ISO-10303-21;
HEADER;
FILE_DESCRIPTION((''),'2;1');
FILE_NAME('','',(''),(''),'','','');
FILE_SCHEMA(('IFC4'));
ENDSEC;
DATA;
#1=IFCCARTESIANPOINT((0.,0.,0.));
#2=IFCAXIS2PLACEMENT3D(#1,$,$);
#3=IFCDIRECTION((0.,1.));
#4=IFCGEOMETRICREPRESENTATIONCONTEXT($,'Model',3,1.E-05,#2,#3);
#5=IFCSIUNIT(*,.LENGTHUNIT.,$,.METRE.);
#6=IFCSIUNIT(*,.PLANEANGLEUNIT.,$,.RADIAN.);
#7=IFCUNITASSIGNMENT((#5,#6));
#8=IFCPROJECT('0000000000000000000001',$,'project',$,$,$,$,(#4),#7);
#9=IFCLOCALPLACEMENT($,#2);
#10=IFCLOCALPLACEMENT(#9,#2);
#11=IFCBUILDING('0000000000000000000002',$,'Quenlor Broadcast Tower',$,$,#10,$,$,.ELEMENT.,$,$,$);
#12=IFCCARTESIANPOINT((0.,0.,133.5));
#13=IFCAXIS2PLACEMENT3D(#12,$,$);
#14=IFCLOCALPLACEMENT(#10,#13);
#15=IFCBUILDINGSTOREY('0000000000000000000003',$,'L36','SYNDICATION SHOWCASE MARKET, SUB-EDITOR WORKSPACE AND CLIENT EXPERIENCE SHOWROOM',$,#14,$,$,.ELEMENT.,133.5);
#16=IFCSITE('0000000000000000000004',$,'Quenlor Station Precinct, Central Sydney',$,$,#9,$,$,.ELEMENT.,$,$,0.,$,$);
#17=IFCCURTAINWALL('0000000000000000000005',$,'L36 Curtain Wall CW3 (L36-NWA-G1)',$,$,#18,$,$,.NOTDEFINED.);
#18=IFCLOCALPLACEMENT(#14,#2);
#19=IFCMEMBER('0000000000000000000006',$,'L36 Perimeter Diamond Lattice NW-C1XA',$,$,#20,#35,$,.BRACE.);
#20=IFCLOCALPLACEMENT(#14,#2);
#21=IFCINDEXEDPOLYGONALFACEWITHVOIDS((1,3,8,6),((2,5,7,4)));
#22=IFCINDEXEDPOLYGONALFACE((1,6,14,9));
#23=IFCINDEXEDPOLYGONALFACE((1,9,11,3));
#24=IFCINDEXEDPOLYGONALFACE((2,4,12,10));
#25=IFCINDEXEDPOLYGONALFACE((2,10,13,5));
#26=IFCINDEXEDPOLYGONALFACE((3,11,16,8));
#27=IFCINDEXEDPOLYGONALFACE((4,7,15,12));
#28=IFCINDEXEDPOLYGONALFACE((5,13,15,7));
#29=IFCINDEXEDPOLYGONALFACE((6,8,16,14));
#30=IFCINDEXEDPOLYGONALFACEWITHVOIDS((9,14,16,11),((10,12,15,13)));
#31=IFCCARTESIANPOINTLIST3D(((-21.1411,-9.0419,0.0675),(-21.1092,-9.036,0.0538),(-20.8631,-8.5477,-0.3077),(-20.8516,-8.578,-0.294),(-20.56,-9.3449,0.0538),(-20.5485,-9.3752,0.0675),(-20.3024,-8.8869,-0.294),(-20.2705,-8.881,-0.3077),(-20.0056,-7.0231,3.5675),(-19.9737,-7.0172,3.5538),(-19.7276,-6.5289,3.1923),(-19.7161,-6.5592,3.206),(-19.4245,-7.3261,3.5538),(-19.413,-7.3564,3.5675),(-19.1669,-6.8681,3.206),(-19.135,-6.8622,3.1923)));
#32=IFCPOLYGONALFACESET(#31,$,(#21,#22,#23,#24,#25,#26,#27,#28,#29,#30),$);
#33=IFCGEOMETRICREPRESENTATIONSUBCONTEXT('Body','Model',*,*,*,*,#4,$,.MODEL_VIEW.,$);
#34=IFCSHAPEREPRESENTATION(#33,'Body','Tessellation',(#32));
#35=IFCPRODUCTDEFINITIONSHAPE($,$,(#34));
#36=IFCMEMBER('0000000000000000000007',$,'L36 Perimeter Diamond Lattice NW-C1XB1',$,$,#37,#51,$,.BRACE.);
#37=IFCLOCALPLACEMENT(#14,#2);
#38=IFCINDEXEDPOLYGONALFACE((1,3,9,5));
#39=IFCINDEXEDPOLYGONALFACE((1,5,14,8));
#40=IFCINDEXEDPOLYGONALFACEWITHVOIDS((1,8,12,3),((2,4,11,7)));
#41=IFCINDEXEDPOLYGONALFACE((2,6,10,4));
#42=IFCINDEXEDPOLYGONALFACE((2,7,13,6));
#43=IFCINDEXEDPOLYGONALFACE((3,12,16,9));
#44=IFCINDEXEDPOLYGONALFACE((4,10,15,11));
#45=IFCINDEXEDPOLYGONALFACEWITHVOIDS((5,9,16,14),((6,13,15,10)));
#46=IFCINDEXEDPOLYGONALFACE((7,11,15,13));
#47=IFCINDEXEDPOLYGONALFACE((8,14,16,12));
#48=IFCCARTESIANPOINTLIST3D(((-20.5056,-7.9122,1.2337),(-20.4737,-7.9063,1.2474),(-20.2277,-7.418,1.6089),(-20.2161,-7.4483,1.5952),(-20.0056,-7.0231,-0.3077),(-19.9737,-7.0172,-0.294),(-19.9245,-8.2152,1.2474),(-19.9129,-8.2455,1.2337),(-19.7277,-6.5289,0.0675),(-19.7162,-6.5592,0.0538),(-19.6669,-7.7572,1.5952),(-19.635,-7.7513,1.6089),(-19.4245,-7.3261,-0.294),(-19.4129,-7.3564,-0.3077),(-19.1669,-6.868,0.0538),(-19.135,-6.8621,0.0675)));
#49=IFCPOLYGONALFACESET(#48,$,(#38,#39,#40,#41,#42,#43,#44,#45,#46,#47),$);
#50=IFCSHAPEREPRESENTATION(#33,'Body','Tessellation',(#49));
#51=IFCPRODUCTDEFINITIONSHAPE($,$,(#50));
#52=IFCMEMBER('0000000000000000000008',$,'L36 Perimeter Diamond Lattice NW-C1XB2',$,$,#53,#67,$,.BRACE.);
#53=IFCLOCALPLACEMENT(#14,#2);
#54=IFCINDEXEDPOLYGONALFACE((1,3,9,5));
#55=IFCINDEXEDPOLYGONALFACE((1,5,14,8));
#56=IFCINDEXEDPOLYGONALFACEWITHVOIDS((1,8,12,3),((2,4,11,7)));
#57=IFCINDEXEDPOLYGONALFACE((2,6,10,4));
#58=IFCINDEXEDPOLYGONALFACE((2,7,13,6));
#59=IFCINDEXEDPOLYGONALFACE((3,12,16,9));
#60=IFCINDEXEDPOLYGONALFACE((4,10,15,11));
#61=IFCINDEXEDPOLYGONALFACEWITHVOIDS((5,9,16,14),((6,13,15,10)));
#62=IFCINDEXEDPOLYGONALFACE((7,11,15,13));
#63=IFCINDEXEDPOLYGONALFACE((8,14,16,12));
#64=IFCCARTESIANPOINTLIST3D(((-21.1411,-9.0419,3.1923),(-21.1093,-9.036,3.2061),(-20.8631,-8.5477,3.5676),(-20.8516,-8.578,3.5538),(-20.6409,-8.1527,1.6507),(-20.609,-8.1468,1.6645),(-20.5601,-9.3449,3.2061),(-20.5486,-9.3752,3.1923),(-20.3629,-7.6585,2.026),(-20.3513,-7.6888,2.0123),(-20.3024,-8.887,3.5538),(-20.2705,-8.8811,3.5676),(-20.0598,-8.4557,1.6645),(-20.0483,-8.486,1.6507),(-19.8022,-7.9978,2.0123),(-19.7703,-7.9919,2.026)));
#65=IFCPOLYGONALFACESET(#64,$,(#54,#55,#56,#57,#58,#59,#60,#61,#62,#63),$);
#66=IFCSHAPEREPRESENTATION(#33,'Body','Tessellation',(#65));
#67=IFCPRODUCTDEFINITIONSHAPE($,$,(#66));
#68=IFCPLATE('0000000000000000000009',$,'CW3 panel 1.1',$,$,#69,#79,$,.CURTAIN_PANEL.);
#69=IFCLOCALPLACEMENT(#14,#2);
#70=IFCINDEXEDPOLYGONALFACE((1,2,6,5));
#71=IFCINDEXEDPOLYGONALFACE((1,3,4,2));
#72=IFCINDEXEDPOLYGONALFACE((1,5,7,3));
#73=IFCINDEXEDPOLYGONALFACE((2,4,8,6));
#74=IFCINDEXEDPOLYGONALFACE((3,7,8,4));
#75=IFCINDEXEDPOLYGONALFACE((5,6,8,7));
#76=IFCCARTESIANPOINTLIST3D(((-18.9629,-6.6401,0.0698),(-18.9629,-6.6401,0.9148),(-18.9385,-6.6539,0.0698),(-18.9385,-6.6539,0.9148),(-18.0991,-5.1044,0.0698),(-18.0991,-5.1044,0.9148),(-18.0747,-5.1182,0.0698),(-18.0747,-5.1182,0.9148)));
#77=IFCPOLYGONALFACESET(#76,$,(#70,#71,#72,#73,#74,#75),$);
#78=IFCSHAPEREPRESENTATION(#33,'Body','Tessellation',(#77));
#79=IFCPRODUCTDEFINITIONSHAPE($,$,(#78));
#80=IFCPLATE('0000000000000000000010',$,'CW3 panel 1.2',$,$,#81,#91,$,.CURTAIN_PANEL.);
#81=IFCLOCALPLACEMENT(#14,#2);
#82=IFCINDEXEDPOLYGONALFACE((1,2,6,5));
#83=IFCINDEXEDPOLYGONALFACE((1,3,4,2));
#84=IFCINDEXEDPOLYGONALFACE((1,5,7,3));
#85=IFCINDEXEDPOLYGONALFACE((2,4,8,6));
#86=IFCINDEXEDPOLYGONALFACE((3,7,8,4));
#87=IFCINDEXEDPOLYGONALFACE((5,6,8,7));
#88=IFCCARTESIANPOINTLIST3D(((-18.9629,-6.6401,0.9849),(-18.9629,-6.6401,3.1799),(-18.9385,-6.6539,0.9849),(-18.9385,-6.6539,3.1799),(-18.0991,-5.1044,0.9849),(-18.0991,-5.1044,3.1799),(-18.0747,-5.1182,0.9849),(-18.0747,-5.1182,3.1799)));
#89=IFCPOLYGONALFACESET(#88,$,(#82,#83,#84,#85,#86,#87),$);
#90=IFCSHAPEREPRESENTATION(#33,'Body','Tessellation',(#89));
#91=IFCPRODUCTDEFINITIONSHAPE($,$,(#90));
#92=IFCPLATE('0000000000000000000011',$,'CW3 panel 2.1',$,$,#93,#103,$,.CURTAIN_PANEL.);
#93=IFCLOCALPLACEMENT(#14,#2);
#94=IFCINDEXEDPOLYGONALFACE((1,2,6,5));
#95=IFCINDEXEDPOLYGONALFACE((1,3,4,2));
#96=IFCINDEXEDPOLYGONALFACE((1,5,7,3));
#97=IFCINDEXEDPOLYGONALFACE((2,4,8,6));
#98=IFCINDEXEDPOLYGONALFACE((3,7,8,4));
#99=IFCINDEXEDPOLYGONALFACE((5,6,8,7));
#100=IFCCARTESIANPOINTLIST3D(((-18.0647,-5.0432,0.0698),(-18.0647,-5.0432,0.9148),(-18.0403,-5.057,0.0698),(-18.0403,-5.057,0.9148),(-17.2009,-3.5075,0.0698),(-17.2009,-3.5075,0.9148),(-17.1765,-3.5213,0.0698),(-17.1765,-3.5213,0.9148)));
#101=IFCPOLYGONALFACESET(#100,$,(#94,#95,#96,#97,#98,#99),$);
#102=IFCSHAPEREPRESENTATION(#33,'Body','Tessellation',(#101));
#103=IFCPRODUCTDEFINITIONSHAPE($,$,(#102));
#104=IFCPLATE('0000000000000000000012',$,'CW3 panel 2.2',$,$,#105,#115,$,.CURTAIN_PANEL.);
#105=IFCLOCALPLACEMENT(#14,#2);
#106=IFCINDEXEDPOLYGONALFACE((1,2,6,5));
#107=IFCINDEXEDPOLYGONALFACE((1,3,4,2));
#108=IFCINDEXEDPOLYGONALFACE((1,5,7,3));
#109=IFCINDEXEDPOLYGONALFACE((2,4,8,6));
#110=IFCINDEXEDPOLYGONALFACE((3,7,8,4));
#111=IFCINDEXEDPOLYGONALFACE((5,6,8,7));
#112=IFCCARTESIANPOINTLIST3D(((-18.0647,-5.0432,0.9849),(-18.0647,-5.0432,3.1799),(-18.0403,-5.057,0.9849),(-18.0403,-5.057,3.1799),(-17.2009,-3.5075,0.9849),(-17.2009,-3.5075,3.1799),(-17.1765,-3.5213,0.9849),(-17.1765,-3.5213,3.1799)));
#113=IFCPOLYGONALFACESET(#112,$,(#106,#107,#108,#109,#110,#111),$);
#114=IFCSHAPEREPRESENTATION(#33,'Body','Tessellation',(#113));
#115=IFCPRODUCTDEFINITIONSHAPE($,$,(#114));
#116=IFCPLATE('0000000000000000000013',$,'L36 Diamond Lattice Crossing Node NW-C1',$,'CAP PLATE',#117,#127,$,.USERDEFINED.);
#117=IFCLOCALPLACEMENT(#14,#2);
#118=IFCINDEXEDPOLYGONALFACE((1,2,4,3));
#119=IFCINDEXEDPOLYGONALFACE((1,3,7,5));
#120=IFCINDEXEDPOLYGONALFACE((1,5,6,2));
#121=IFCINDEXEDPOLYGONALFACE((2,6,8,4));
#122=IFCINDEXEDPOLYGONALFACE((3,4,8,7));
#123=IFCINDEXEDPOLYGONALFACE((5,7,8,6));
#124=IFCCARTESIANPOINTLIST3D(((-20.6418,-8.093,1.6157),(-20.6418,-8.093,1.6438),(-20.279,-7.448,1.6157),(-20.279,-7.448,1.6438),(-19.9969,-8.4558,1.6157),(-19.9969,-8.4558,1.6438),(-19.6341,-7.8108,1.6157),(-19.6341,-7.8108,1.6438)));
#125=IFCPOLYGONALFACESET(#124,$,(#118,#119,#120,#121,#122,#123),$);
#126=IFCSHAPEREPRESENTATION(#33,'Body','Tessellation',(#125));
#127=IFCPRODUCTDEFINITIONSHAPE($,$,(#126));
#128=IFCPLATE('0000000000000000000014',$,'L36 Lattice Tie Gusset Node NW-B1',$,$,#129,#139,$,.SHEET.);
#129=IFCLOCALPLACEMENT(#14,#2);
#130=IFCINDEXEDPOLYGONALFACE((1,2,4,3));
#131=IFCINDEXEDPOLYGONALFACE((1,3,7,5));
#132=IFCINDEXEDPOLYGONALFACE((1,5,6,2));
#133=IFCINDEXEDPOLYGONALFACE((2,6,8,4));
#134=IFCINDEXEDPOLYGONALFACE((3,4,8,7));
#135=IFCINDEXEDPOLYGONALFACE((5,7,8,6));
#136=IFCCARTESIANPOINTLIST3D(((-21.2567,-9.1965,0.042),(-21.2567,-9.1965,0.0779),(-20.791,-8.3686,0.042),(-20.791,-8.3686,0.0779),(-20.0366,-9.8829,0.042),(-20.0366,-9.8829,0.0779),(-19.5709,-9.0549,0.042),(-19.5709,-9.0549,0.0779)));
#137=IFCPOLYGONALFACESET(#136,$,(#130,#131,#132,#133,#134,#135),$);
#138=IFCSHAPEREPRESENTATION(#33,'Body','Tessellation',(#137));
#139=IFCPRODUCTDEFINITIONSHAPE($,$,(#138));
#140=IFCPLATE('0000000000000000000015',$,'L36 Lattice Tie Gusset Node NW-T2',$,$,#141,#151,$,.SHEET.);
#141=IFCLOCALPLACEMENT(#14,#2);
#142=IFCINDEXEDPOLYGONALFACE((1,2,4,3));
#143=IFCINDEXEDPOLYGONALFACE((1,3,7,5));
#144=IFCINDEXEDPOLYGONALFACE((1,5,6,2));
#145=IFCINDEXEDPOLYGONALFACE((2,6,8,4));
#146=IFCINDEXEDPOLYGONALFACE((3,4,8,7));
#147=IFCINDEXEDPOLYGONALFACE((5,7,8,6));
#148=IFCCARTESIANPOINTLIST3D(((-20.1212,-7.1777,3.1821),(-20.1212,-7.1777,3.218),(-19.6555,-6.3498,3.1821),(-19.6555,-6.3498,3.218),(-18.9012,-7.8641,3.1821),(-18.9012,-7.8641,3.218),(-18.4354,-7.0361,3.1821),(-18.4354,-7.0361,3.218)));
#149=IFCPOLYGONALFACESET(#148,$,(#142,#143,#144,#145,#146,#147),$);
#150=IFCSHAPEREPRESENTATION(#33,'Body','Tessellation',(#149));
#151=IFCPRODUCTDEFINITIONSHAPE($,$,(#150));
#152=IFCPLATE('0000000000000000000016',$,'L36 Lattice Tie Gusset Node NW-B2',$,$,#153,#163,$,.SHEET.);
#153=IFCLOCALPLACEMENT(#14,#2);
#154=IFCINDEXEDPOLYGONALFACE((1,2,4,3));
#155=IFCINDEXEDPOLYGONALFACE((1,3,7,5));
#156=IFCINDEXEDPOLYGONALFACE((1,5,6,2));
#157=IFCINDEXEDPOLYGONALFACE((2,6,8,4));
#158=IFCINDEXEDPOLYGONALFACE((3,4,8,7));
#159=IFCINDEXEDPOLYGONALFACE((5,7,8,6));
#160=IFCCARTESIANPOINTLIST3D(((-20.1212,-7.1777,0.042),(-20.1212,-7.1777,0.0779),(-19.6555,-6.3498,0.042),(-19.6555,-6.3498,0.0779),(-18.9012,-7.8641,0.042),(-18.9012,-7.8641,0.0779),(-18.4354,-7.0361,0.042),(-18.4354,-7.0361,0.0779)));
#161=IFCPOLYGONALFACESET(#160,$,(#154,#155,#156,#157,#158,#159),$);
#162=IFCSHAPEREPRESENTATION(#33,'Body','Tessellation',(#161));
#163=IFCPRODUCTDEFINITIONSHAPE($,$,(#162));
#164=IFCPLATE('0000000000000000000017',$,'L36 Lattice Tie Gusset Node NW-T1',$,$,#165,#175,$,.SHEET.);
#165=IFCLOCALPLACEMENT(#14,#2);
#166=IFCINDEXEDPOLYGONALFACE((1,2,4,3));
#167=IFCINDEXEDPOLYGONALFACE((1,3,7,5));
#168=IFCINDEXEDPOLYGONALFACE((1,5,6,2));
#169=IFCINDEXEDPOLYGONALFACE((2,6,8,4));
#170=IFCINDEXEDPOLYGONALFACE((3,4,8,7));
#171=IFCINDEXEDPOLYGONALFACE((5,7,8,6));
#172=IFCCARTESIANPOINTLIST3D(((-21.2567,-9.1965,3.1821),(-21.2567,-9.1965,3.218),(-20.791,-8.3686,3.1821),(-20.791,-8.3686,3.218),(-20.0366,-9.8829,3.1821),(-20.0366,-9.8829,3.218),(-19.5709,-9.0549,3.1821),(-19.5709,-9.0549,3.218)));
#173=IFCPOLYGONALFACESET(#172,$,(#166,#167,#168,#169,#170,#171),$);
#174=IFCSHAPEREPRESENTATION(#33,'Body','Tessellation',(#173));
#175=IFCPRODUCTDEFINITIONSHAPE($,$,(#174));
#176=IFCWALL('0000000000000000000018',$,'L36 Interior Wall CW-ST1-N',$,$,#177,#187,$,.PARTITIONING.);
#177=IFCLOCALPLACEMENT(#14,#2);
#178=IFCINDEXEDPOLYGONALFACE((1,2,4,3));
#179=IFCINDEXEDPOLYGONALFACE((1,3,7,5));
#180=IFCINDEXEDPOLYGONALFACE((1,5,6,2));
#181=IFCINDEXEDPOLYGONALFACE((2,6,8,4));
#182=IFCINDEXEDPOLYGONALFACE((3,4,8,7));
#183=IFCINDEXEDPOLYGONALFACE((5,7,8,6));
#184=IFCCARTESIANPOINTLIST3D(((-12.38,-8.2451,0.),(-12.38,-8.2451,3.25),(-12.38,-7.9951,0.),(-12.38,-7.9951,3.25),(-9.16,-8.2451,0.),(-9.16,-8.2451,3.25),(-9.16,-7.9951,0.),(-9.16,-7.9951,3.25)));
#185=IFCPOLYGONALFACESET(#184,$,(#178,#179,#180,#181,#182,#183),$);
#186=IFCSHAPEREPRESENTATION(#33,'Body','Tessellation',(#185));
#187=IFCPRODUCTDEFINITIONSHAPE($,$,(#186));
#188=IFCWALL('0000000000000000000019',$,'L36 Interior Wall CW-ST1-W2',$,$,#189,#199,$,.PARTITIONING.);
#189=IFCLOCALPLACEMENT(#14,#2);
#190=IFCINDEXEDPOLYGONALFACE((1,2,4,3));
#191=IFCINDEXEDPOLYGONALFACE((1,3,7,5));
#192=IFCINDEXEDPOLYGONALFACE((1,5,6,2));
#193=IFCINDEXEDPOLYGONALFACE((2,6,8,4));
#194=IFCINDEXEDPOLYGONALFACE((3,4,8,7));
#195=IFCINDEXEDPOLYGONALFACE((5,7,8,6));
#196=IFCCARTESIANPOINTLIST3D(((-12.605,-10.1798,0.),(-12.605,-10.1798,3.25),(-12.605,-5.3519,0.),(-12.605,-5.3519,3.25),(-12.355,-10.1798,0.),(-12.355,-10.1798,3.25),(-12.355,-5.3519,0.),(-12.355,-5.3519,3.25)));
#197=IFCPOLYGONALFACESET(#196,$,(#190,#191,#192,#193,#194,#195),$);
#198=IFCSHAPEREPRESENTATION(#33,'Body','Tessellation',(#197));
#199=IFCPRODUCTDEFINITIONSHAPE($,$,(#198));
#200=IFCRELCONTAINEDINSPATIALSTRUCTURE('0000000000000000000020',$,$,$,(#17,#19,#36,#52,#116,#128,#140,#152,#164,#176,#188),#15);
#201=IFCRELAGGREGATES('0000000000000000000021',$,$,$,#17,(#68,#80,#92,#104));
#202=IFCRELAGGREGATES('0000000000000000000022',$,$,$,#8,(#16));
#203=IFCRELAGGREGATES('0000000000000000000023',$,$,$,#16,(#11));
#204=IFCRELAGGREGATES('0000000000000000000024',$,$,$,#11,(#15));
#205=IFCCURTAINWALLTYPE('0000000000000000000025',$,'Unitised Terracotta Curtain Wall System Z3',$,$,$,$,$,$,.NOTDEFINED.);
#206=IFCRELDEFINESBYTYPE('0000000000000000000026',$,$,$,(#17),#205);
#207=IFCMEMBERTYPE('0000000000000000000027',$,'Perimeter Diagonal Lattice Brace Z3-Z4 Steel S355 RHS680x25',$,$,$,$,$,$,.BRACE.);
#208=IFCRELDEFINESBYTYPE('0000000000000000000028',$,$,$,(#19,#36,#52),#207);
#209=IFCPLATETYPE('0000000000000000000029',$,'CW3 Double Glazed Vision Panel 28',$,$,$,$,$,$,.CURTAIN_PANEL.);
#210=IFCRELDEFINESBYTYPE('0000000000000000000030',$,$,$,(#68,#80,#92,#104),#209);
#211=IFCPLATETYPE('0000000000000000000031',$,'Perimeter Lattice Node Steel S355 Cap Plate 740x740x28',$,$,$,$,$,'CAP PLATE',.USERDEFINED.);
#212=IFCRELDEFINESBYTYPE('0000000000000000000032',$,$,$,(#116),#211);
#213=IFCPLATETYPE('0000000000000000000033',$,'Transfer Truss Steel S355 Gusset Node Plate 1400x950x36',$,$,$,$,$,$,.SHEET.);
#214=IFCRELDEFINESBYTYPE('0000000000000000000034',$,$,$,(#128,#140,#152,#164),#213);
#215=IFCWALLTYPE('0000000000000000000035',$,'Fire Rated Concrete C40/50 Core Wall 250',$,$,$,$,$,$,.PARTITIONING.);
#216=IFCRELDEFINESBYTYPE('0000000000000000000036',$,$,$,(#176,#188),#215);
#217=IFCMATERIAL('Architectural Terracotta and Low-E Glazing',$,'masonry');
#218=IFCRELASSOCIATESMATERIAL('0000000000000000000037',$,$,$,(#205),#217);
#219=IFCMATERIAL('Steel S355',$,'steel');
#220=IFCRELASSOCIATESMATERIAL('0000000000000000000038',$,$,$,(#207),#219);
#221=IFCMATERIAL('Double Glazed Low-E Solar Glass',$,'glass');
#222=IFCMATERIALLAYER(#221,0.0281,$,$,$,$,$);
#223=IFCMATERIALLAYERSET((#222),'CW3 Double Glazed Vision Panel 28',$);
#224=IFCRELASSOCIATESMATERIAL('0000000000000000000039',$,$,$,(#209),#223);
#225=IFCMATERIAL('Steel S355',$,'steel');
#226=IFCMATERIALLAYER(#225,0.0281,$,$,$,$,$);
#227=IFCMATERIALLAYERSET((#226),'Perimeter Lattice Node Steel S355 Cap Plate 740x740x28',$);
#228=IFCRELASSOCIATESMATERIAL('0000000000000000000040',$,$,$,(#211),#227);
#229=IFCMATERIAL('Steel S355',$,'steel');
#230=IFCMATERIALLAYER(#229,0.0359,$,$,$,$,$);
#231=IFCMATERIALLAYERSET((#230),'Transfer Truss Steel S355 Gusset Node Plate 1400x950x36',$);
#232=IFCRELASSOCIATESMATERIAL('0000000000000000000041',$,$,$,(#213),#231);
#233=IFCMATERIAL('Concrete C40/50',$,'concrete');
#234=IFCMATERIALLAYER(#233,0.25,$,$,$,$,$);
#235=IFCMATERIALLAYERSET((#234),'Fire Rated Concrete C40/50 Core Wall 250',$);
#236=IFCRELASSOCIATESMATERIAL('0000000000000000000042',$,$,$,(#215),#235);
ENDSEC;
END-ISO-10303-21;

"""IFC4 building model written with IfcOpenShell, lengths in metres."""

from ifc_helpers import new_model, si_unit, direction, frame, frame_2d, origin, origin_2d, place, context, subcontext, project, spatial, rectangle, hollow_rectangle, extrude, material, layer, layer_set, material_profile, profile_set, type_object, element, aggregate, save


model = new_model("IFC4")

# Units and contexts
model_context = context("Model", 3, precision=1e-05, world=origin(), true_north=direction((0.0, 1.0)))
body_context = subcontext(model_context, "Body", "Model", "MODEL_VIEW")
ifc_project = project(units=[si_unit("LENGTHUNIT", "METRE"), si_unit("PLANEANGLEUNIT", "RADIAN")], contexts=[model_context])

# Site, building, storey
site_placement = place(None, origin())
site = spatial("IfcSite", under=ifc_project, at=site_placement, Name="Quenlor Station Precinct, Central Sydney", CompositionType="ELEMENT", RefElevation=0.0)
building_placement = place(site_placement, origin())
building = spatial("IfcBuilding", under=site, at=building_placement, Name="Quenlor Broadcast Tower", CompositionType="ELEMENT")
storey_placement = place(building_placement, frame((0.0, 0.0, 133.5)))
storey = spatial("IfcBuildingStorey", under=building, at=storey_placement, Name="L36", Description="SYNDICATION SHOWCASE MARKET, SUB-EDITOR WORKSPACE AND CLIENT EXPERIENCE SHOWROOM", CompositionType="ELEMENT", Elevation=133.5)

# Curtain wall
ifc_material_1 = material(Name="Architectural Terracotta and Low-E Glazing", Category="masonry")
curtain_wall_type = type_object("IfcCurtainWallType", Name="Unitised Terracotta Curtain Wall System Z3", PredefinedType="NOTDEFINED", material=ifc_material_1)
curtain_wall_placement = place(storey_placement, origin())
curtain_wall = element("IfcCurtainWall", 1, at=curtain_wall_placement, inside=storey, type_object=curtain_wall_type, Name="L36 Curtain Wall CW3 (L36-NWA-G1)", PredefinedType="NOTDEFINED")

# Members
ifc_material_2 = material(Name="Steel S355", Category="steel")
ifc_material_profile_1 = material_profile(ifc_material_2, hollow_rectangle(XDim=0.6799, YDim=0.6799, WallThickness=0.0249, at=origin_2d()))
ifc_profile_set_1 = profile_set([ifc_material_profile_1], Name="Steel S355 RHS680x680x25")
member_type_1 = type_object("IfcMemberType", Name="Perimeter Diagonal Lattice Brace Z3-Z4 Steel S355 RHS680x25", PredefinedType="BRACE", material=ifc_profile_set_1)
member_1_placement = place(storey_placement, frame((-20.7058, -8.9614, -0.1201), z_axis=(0.270549, 0.481009, 0.833927), x_axis=(-0.87159, 0.490236, 0.0)))
element("IfcMember", 2, at=member_1_placement, inside=storey, type_object=member_type_1, Name="L36 Perimeter Diamond Lattice NW-C1XA", PredefinedType="BRACE", context=body_context, shape_type="SweptSolid", body=[
    extrude(hollow_rectangle(XDim=0.6799, YDim=0.6799, WallThickness=0.0249, at=origin_2d()), origin(), (0.0, 0.0, 1.0), 4.197),
])
member_2_placement = place(storey_placement, frame((-19.5703, -6.9426, -0.1201), z_axis=(-0.270494, -0.481025, 0.833935), x_axis=(0.871639, -0.490148, 0.0)))
element("IfcMember", 3, at=member_2_placement, inside=storey, type_object=member_type_1, Name="L36 Perimeter Diamond Lattice NW-C1XB1", PredefinedType="BRACE", context=body_context, shape_type="SweptSolid", body=[
    extrude(hollow_rectangle(XDim=0.6799, YDim=0.6799, WallThickness=0.0249, at=origin_2d()), origin(), (0.0, 0.0, 1.0), 1.8484),
])
member_3_placement = place(storey_placement, frame((-20.2056, -8.0723, 1.8384), z_axis=(-0.270616, -0.481008, 0.833905), x_axis=(0.871537, -0.490329, 0.0)))
element("IfcMember", 4, at=member_3_placement, inside=storey, type_object=member_type_1, Name="L36 Perimeter Diamond Lattice NW-C1XB2", PredefinedType="BRACE", context=body_context, shape_type="SweptSolid", body=[
    extrude(hollow_rectangle(XDim=0.6799, YDim=0.6799, WallThickness=0.0249, at=origin_2d()), origin(), (0.0, 0.0, 1.0), 1.8486),
])

# Plates
ifc_material_3 = material(Name="Double Glazed Low-E Solar Glass", Category="glass")
ifc_layer_1 = layer(ifc_material_3, 0.0281)
ifc_layer_set_1 = layer_set([ifc_layer_1], Name="CW3 Double Glazed Vision Panel 28")
plate_type_1 = type_object("IfcPlateType", Name="CW3 Double Glazed Vision Panel 28", PredefinedType="CURTAIN_PANEL", material=ifc_layer_set_1)
plate_1_placement = place(storey_placement, frame((-18.5188, -5.8792, 0.0698), z_axis=(0.0, 0.0, 1.0), x_axis=(0.490259, 0.871577, 0.0)))
plate_1 = element("IfcPlate", 5, at=plate_1_placement, type_object=plate_type_1, Name="CW3 panel 1.1", PredefinedType="CURTAIN_PANEL", context=body_context, shape_type="SweptSolid", body=[
    extrude(rectangle(XDim=1.762, YDim=0.0281, at=origin_2d()), origin(), (0.0, 0.0, 1.0), 0.845),
])
plate_2_placement = place(storey_placement, frame((-18.5188, -5.8792, 0.9849), z_axis=(0.0, 0.0, 1.0), x_axis=(0.490259, 0.871577, 0.0)))
plate_2 = element("IfcPlate", 6, at=plate_2_placement, type_object=plate_type_1, Name="CW3 panel 1.2", PredefinedType="CURTAIN_PANEL", context=body_context, shape_type="SweptSolid", body=[
    extrude(rectangle(XDim=1.762, YDim=0.0281, at=origin_2d()), origin(), (0.0, 0.0, 1.0), 2.1951),
])
plate_3_placement = place(storey_placement, frame((-17.6206, -4.2822, 0.0698), z_axis=(0.0, 0.0, 1.0), x_axis=(0.490259, 0.871577, 0.0)))
plate_3 = element("IfcPlate", 7, at=plate_3_placement, type_object=plate_type_1, Name="CW3 panel 2.1", PredefinedType="CURTAIN_PANEL", context=body_context, shape_type="SweptSolid", body=[
    extrude(rectangle(XDim=1.762, YDim=0.0281, at=origin_2d()), origin(), (0.0, 0.0, 1.0), 0.845),
])
plate_4_placement = place(storey_placement, frame((-17.6206, -4.2822, 0.9849), z_axis=(0.0, 0.0, 1.0), x_axis=(0.490259, 0.871577, 0.0)))
plate_4 = element("IfcPlate", 8, at=plate_4_placement, type_object=plate_type_1, Name="CW3 panel 2.2", PredefinedType="CURTAIN_PANEL", context=body_context, shape_type="SweptSolid", body=[
    extrude(rectangle(XDim=1.762, YDim=0.0281, at=origin_2d()), origin(), (0.0, 0.0, 1.0), 2.1951),
])
aggregate(curtain_wall, [plate_1, plate_2, plate_3, plate_4])

# Plates
ifc_material_4 = material(Name="Steel S355", Category="steel")
ifc_layer_2 = layer(ifc_material_4, 0.0281)
ifc_layer_set_2 = layer_set([ifc_layer_2], Name="Perimeter Lattice Node Steel S355 Cap Plate 740x740x28")
plate_type_2 = type_object("IfcPlateType", Name="Perimeter Lattice Node Steel S355 Cap Plate 740x740x28", ElementType="CAP PLATE", PredefinedType="USERDEFINED", material=ifc_layer_set_2)
plate_5_placement = place(storey_placement, frame((-20.1379, -7.9519, 1.6157), z_axis=(0.0, 0.0, 1.0), x_axis=(0.490295, 0.871556, 0.0)))
element("IfcPlate", 9, at=plate_5_placement, inside=storey, type_object=plate_type_2, Name="L36 Diamond Lattice Crossing Node NW-C1", ObjectType="CAP PLATE", PredefinedType="USERDEFINED", context=body_context, shape_type="SweptSolid", body=[
    extrude(rectangle(XDim=0.74, YDim=0.74, at=origin_2d()), origin(), (0.0, 0.0, 1.0), 0.0281),
])
ifc_material_5 = material(Name="Steel S355", Category="steel")
ifc_layer_3 = layer(ifc_material_5, 0.0359)
ifc_layer_set_3 = layer_set([ifc_layer_3], Name="Transfer Truss Steel S355 Gusset Node Plate 1400x950x36")
plate_type_3 = type_object("IfcPlateType", Name="Transfer Truss Steel S355 Gusset Node Plate 1400x950x36", PredefinedType="SHEET", material=ifc_layer_set_3)
for number, where, z_axis, x_axis, name in (
    (10, (-20.4138, -9.1257, 0.042), (0.0, 0.0, 1.0), (-0.871556, 0.490295, 0.0), "L36 Lattice Tie Gusset Node NW-B1"),
    (11, (-19.2783, -7.1069, 3.1821), (0.0, 0.0, 1.0), (-0.871556, 0.490295, 0.0), "L36 Lattice Tie Gusset Node NW-T2"),
    (12, (-19.2783, -7.1069, 0.042), (0.0, 0.0, 1.0), (-0.871556, 0.490295, 0.0), "L36 Lattice Tie Gusset Node NW-B2"),
    (13, (-20.4138, -9.1257, 3.1821), (0.0, 0.0, 1.0), (-0.871556, 0.490295, 0.0), "L36 Lattice Tie Gusset Node NW-T1"),
):
    element("IfcPlate", number, at=place(storey_placement, frame(where, z_axis=z_axis, x_axis=x_axis)), inside=storey, type_object=plate_type_3, Name=name, PredefinedType="SHEET", context=body_context, shape_type="SweptSolid", body=[
        extrude(rectangle(XDim=1.3999, YDim=0.95, at=origin_2d()), origin(), (0.0, 0.0, 1.0), 0.0359),
    ])

# Walls
ifc_material_6 = material(Name="Concrete C40/50", Category="concrete")
ifc_layer_4 = layer(ifc_material_6, 0.25)
ifc_layer_set_4 = layer_set([ifc_layer_4], Name="Fire Rated Concrete C40/50 Core Wall 250")
wall_type_1 = type_object("IfcWallType", Name="Fire Rated Concrete C40/50 Core Wall 250", PredefinedType="PARTITIONING", material=ifc_layer_set_4)
wall_1_placement = place(storey_placement, frame((-12.3799, -8.1201, 0.0), z_axis=(0.0, 0.0, 1.0), x_axis=(1.0, 0.0, 0.0)))
element("IfcWall", 14, at=wall_1_placement, inside=storey, type_object=wall_type_1, Name="L36 Interior Wall CW-ST1-N", PredefinedType="PARTITIONING", context=body_context, shape_type="SweptSolid", body=[
    extrude(rectangle(XDim=3.22, YDim=0.25, at=frame_2d((1.6099, 0.0))), origin(), (0.0, 0.0, 1.0), 3.25),
])
wall_2_placement = place(storey_placement, frame((-12.48, -10.1799, 0.0), z_axis=(0.0, 0.0, 1.0), x_axis=(0.0, 1.0, 0.0)))
element("IfcWall", 15, at=wall_2_placement, inside=storey, type_object=wall_type_1, Name="L36 Interior Wall CW-ST1-W2", PredefinedType="PARTITIONING", context=body_context, shape_type="SweptSolid", body=[
    extrude(rectangle(XDim=4.8279, YDim=0.25, at=frame_2d((2.4141, 0.0))), origin(), (0.0, 0.0, 1.0), 3.25),
])

save(model, "model.ifc")
